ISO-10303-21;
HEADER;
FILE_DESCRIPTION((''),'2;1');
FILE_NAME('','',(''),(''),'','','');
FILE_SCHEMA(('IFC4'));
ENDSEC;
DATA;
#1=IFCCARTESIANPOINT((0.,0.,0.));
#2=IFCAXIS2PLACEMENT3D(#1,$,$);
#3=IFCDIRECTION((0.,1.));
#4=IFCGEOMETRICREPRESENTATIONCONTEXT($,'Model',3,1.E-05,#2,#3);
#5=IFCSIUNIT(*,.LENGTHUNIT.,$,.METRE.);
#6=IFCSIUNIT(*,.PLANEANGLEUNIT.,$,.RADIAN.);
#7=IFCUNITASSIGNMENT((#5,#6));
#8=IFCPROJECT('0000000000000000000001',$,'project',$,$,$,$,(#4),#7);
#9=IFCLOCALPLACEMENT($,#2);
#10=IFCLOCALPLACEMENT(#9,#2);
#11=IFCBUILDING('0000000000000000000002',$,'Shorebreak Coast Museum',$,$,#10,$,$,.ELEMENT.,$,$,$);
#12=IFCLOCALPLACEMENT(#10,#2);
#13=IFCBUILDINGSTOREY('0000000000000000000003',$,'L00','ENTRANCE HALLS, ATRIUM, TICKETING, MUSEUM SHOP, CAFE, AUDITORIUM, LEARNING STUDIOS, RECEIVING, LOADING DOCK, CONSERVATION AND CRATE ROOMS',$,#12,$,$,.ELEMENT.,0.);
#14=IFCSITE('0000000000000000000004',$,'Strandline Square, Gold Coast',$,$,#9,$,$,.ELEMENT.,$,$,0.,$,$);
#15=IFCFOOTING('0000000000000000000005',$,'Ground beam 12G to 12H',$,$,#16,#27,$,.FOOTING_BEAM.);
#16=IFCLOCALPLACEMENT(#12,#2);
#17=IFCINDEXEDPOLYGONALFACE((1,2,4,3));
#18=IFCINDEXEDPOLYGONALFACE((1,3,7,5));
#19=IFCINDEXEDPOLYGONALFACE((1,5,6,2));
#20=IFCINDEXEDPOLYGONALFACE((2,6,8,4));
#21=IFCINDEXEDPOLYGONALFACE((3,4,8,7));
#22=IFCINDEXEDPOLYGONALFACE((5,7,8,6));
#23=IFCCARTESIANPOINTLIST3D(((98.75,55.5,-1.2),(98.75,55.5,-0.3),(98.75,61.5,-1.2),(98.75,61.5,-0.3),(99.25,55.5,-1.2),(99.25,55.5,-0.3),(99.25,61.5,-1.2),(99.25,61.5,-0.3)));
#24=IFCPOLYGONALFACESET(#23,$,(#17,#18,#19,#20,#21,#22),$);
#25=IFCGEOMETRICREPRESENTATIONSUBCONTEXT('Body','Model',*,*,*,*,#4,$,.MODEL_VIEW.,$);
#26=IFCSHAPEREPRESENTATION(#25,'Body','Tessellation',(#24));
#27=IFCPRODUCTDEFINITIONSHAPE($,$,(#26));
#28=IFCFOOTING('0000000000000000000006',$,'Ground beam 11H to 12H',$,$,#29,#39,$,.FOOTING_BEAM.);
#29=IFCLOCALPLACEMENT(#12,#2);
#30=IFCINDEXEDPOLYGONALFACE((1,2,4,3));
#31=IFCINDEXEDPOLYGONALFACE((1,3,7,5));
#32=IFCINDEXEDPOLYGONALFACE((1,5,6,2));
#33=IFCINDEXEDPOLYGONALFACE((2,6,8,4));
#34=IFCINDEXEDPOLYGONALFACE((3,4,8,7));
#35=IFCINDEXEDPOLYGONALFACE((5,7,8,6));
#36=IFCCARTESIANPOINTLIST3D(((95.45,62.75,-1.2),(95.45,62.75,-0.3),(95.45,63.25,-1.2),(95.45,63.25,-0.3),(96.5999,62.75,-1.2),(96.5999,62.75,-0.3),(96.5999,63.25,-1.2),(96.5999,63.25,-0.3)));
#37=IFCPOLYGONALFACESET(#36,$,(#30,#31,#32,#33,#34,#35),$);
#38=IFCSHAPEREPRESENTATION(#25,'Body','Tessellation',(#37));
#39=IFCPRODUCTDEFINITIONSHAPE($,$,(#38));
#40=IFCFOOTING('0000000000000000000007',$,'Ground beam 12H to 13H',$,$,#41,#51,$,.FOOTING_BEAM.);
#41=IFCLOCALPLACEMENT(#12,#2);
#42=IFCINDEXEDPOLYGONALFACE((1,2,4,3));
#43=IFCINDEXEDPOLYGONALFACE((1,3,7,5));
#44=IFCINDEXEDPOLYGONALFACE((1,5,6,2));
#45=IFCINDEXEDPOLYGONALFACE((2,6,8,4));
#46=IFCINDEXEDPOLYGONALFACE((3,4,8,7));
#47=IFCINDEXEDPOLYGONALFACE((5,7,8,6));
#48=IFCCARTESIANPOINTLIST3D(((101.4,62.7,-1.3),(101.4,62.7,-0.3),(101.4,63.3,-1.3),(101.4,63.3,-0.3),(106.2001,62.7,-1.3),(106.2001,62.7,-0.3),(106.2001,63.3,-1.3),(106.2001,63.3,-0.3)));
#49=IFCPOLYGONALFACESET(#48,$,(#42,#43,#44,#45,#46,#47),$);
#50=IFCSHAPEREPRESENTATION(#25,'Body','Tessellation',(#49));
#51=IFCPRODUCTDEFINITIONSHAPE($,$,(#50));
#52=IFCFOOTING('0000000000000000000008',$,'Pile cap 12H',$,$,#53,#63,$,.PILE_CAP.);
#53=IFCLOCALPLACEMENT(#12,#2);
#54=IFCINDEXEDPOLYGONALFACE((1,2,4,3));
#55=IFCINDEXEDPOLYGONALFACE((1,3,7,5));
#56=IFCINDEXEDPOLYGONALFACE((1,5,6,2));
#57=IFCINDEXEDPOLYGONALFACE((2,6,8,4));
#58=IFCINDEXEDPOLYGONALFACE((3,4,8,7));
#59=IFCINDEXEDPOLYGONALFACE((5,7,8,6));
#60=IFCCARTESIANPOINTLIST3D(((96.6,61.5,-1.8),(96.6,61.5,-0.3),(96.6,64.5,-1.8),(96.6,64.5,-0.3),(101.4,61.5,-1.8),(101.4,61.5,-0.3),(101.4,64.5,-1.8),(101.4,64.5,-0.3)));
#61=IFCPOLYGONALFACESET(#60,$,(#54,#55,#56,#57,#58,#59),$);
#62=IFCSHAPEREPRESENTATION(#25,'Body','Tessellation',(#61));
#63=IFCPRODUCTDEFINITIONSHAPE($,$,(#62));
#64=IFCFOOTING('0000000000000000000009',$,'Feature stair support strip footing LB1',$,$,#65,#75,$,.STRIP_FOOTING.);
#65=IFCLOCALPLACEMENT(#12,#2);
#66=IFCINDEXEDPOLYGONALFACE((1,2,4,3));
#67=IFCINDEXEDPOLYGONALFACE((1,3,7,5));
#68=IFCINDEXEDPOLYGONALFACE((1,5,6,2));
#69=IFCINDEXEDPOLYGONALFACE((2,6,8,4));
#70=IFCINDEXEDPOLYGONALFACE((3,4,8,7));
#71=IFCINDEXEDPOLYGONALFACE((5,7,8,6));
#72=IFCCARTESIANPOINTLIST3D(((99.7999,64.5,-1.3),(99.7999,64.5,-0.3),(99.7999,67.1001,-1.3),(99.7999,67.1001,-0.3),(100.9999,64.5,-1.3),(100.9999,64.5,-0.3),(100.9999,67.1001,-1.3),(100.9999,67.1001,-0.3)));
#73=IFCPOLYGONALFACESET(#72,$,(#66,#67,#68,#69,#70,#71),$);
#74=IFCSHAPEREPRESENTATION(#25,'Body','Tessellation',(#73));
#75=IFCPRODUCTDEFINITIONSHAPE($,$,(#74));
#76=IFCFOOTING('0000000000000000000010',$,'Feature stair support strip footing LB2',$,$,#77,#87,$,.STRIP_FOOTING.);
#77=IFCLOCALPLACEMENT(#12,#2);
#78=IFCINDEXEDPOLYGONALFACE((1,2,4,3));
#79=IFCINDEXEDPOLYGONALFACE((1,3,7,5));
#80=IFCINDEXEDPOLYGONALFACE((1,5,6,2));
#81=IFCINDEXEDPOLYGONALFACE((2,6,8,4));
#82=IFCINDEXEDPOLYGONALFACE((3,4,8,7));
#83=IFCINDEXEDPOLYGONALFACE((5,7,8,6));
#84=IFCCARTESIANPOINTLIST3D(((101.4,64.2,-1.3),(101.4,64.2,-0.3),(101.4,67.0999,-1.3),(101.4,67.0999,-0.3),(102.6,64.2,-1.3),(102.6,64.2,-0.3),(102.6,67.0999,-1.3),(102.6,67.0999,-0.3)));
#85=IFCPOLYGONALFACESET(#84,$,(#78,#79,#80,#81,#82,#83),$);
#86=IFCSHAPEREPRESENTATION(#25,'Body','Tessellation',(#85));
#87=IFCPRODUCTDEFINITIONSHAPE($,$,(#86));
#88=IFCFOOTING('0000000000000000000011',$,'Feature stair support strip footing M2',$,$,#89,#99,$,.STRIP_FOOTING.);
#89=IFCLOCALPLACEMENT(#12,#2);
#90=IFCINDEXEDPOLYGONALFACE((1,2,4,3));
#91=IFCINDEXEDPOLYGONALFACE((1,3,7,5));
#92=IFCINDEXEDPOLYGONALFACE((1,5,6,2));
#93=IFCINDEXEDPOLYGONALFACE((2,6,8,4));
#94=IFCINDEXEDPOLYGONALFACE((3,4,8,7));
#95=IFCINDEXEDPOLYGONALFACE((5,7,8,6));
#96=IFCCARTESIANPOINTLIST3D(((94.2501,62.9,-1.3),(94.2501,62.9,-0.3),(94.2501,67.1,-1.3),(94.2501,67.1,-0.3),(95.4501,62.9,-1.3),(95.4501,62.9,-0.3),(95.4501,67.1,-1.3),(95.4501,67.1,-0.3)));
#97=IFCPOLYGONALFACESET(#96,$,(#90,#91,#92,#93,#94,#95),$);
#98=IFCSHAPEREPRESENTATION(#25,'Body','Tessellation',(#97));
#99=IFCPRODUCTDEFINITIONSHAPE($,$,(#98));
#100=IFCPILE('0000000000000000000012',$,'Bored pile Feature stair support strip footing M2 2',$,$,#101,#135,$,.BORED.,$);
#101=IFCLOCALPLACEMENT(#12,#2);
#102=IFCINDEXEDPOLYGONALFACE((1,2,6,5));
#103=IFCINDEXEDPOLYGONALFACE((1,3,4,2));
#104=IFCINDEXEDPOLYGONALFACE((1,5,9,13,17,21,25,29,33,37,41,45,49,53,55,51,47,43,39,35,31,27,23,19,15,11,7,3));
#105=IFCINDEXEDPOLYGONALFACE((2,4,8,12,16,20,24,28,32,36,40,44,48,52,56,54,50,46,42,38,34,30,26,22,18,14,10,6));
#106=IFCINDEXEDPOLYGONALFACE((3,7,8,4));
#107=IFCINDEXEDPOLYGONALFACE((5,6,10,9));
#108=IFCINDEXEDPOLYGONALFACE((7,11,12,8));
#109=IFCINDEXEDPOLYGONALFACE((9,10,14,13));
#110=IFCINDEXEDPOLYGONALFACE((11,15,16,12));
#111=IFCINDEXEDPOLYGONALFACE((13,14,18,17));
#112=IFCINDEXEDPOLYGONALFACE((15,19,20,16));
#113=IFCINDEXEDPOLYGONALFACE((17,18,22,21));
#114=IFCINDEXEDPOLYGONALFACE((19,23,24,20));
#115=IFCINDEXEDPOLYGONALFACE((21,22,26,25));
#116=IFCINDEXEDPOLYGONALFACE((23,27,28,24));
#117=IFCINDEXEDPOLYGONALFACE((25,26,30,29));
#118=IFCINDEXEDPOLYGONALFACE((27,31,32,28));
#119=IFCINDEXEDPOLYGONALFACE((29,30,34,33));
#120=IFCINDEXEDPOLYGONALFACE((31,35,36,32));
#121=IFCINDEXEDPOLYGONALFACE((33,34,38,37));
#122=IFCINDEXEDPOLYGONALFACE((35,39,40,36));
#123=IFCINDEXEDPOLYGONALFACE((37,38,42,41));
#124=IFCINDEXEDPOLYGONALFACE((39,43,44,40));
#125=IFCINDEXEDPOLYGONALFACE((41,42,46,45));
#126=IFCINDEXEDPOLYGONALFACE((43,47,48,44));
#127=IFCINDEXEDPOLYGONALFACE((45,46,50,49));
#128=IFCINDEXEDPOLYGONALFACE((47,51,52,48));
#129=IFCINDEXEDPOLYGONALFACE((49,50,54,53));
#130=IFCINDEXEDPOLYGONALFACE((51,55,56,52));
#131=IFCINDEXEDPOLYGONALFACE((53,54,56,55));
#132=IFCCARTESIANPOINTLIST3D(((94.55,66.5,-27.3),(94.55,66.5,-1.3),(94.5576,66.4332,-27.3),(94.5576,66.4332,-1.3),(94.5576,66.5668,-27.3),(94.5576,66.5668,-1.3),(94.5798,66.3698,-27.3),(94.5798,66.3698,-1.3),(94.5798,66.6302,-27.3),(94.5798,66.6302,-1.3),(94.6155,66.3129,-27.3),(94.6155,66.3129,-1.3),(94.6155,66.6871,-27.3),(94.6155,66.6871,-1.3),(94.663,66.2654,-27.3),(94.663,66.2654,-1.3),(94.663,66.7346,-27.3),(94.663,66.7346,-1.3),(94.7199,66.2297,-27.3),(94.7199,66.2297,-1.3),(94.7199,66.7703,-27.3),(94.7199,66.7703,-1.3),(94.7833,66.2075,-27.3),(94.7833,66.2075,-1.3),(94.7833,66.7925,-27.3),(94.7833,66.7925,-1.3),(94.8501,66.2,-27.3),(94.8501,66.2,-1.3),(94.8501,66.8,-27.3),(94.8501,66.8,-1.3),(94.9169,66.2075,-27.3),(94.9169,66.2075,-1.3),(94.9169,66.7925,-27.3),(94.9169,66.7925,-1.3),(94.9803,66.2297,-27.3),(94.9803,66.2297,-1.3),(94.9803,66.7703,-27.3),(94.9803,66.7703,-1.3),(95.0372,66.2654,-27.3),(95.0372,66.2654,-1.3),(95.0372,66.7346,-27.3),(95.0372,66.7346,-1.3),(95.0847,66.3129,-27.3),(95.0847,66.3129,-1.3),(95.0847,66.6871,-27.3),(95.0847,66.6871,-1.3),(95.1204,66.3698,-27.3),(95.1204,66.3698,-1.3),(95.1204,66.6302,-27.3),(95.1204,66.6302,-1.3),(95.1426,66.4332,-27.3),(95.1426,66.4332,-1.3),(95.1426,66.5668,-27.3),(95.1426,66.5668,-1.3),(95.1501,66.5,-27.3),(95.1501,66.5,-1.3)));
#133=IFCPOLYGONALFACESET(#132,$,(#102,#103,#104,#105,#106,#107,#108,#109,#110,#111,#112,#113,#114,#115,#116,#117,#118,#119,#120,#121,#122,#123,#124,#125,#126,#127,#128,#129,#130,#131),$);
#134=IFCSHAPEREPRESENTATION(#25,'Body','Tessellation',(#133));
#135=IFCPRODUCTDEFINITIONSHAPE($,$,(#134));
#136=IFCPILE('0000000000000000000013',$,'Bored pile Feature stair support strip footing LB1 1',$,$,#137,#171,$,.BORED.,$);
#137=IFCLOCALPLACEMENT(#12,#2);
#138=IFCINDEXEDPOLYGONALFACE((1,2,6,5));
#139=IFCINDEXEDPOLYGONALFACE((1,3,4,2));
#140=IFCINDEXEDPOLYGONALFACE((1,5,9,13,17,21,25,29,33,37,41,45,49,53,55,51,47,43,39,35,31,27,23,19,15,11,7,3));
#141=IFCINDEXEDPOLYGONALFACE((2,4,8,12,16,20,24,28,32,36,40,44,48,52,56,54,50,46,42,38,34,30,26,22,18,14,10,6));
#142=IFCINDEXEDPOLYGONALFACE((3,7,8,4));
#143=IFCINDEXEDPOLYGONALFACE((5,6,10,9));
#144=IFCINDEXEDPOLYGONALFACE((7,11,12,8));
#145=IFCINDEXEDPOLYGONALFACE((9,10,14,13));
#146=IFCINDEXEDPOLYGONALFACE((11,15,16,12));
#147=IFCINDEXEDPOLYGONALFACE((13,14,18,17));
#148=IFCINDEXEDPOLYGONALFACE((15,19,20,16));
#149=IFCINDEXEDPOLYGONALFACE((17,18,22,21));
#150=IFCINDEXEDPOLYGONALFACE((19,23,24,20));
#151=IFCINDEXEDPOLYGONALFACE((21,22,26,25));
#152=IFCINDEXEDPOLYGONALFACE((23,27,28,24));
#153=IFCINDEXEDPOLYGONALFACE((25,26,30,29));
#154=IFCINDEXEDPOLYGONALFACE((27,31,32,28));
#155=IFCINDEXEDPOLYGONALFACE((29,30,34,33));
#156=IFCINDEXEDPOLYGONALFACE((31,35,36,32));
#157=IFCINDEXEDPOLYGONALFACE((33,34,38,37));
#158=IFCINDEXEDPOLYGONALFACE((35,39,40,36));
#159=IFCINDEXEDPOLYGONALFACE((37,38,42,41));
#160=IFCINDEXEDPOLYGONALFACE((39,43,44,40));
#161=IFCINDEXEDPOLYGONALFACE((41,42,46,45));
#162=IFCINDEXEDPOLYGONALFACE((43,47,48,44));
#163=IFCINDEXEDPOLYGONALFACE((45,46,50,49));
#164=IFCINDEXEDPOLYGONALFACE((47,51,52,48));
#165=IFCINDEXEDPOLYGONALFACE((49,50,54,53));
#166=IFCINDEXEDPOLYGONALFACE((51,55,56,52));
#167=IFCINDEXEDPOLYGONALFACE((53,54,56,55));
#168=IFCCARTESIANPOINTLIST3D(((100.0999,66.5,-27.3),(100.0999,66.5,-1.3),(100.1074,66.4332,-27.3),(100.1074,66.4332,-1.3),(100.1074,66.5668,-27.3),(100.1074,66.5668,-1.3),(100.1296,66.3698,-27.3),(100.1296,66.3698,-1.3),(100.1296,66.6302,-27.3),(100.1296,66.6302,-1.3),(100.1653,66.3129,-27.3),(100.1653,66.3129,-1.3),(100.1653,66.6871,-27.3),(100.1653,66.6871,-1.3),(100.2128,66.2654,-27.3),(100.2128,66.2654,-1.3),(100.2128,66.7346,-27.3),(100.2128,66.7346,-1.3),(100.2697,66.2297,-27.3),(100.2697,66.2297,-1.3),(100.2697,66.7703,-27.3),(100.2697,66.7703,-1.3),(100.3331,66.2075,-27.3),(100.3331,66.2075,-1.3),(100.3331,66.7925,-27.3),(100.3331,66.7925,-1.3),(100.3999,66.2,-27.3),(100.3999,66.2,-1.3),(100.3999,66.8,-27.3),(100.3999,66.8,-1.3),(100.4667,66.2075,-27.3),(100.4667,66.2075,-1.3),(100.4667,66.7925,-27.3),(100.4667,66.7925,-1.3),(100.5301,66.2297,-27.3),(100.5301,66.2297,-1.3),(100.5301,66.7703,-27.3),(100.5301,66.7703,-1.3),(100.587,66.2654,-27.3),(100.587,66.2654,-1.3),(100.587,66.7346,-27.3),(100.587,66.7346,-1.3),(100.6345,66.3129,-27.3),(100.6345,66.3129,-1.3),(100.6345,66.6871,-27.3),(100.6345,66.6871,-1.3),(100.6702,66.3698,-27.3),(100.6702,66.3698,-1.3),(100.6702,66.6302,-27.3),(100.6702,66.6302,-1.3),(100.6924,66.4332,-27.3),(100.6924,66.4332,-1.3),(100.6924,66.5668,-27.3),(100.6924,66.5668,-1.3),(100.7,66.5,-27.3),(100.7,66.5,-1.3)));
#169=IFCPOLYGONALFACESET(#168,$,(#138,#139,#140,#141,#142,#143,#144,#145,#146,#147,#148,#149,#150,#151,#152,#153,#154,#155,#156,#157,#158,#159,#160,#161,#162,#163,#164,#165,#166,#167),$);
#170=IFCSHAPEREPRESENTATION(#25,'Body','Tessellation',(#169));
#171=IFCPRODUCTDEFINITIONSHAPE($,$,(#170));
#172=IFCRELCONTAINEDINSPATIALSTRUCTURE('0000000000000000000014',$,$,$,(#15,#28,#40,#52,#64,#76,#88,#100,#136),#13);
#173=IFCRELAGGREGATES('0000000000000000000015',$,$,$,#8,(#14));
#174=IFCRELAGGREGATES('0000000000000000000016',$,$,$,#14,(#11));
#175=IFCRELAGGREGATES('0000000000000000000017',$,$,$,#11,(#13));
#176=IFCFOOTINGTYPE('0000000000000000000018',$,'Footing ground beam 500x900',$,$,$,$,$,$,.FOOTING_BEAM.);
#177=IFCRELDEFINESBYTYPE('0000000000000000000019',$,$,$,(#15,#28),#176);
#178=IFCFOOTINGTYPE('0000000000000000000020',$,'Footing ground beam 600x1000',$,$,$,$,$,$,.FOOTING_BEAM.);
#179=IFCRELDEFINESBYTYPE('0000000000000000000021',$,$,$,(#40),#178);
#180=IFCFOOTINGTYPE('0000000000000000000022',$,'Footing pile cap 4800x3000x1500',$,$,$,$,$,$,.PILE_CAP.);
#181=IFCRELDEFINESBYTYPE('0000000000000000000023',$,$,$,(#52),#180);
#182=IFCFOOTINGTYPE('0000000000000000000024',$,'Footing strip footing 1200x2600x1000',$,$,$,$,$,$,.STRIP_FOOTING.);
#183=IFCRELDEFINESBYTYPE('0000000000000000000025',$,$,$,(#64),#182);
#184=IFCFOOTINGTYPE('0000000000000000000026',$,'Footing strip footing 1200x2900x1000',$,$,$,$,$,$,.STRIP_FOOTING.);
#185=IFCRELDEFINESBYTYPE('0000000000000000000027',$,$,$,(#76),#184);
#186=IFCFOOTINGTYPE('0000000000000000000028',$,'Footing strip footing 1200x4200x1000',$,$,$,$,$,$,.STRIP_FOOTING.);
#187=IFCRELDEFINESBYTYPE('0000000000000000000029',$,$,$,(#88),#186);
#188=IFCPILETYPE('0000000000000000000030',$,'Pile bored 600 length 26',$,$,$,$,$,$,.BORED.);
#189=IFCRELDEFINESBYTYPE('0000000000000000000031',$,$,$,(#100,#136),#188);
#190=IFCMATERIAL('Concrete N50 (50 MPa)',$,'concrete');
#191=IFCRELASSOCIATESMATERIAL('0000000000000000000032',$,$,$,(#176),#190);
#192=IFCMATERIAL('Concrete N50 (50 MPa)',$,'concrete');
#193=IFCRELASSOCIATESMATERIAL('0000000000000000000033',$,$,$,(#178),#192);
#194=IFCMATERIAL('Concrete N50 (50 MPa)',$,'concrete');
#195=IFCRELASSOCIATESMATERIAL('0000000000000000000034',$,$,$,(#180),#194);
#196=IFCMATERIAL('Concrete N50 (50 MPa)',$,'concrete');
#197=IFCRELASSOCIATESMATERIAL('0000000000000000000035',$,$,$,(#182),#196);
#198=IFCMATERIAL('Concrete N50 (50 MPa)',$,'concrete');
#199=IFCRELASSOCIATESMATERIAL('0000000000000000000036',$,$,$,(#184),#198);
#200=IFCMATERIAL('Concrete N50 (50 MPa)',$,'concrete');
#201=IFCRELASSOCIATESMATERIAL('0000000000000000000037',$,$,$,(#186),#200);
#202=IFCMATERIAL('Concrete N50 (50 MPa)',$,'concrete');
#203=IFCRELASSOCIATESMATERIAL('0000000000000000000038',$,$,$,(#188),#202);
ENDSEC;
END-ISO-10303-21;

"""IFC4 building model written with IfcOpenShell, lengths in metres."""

from ifc_helpers import new_model, si_unit, direction, frame, origin, origin_2d, place, context, subcontext, project, spatial, rectangle, circle, extrude, material, material_profile, profile_set, type_object, element, save


model = new_model("IFC4")

# Units and contexts
model_context = context("Model", 3, precision=1e-05, world=origin(), true_north=direction((0.0, 1.0)))
body_context = subcontext(model_context, "Body", "Model", "MODEL_VIEW")
ifc_project = project(units=[si_unit("LENGTHUNIT", "METRE"), si_unit("PLANEANGLEUNIT", "RADIAN")], contexts=[model_context])

# Site, building, storey
site_placement = place(None, origin())
site = spatial("IfcSite", under=ifc_project, at=site_placement, Name="Strandline Square, Gold Coast", CompositionType="ELEMENT", RefElevation=0.0)
building_placement = place(site_placement, origin())
building = spatial("IfcBuilding", under=site, at=building_placement, Name="Shorebreak Coast Museum", CompositionType="ELEMENT")
storey_placement = place(building_placement, origin())
storey = spatial("IfcBuildingStorey", under=building, at=storey_placement, Name="L00", Description="ENTRANCE HALLS, ATRIUM, TICKETING, MUSEUM SHOP, CAFE, AUDITORIUM, LEARNING STUDIOS, RECEIVING, LOADING DOCK, CONSERVATION AND CRATE ROOMS", CompositionType="ELEMENT", Elevation=0.0)

# Footings
ifc_material_1 = material(Name="Concrete N50 (50 MPa)", Category="concrete")
footing_type_1 = type_object("IfcFootingType", Name="Footing ground beam 500x900", PredefinedType="FOOTING_BEAM", material=ifc_material_1)
footing_1_placement = place(storey_placement, frame((99.0, 58.5, -1.2), z_axis=(0.0, 0.0, 1.0), x_axis=(1.0, 0.0, 0.0)))
element("IfcFooting", 1, at=footing_1_placement, inside=storey, type_object=footing_type_1, Name="Ground beam 12G to 12H", PredefinedType="FOOTING_BEAM", context=body_context, shape_type="SweptSolid", body=[
    extrude(rectangle(XDim=0.5, YDim=6.0, at=origin_2d()), origin(), (0.0, 0.0, 1.0), 0.8999),
])
footing_2_placement = place(storey_placement, frame((96.0249, 63.0, -1.2), z_axis=(0.0, 0.0, 1.0), x_axis=(1.0, 0.0, 0.0)))
element("IfcFooting", 2, at=footing_2_placement, inside=storey, type_object=footing_type_1, Name="Ground beam 11H to 12H", PredefinedType="FOOTING_BEAM", context=body_context, shape_type="SweptSolid", body=[
    extrude(rectangle(XDim=1.1499, YDim=0.5, at=origin_2d()), origin(), (0.0, 0.0, 1.0), 0.8999),
])
ifc_material_2 = material(Name="Concrete N50 (50 MPa)", Category="concrete")
footing_type_2 = type_object("IfcFootingType", Name="Footing ground beam 600x1000", PredefinedType="FOOTING_BEAM", material=ifc_material_2)
footing_3_placement = place(storey_placement, frame((103.8, 63.0, -1.3), z_axis=(0.0, 0.0, 1.0), x_axis=(1.0, 0.0, 0.0)))
element("IfcFooting", 3, at=footing_3_placement, inside=storey, type_object=footing_type_2, Name="Ground beam 12H to 13H", PredefinedType="FOOTING_BEAM", context=body_context, shape_type="SweptSolid", body=[
    extrude(rectangle(XDim=4.8, YDim=0.6001, at=origin_2d()), origin(), (0.0, 0.0, 1.0), 1.0),
])
ifc_material_3 = material(Name="Concrete N50 (50 MPa)", Category="concrete")
footing_type_3 = type_object("IfcFootingType", Name="Footing pile cap 4800x3000x1500", PredefinedType="PILE_CAP", material=ifc_material_3)
footing_4_placement = place(storey_placement, frame((99.0, 63.0, -1.8), z_axis=(0.0, 0.0, 1.0), x_axis=(1.0, 0.0, 0.0)))
element("IfcFooting", 4, at=footing_4_placement, inside=storey, type_object=footing_type_3, Name="Pile cap 12H", PredefinedType="PILE_CAP", context=body_context, shape_type="SweptSolid", body=[
    extrude(rectangle(XDim=4.8, YDim=3.0, at=origin_2d()), origin(), (0.0, 0.0, 1.0), 1.5),
])
ifc_material_4 = material(Name="Concrete N50 (50 MPa)", Category="concrete")
footing_type_4 = type_object("IfcFootingType", Name="Footing strip footing 1200x2600x1000", PredefinedType="STRIP_FOOTING", material=ifc_material_4)
footing_5_placement = place(storey_placement, frame((100.3999, 65.8, -1.3), z_axis=(0.0, 0.0, 1.0), x_axis=(1.0, 0.0, 0.0)))
element("IfcFooting", 5, at=footing_5_placement, inside=storey, type_object=footing_type_4, Name="Feature stair support strip footing LB1", PredefinedType="STRIP_FOOTING", context=body_context, shape_type="SweptSolid", body=[
    extrude(rectangle(XDim=1.2, YDim=2.6001, at=origin_2d()), origin(), (0.0, 0.0, 1.0), 1.0),
])
ifc_material_5 = material(Name="Concrete N50 (50 MPa)", Category="concrete")
footing_type_5 = type_object("IfcFootingType", Name="Footing strip footing 1200x2900x1000", PredefinedType="STRIP_FOOTING", material=ifc_material_5)
footing_6_placement = place(storey_placement, frame((102.0, 65.6499, -1.3), z_axis=(0.0, 0.0, 1.0), x_axis=(1.0, 0.0, 0.0)))
element("IfcFooting", 6, at=footing_6_placement, inside=storey, type_object=footing_type_5, Name="Feature stair support strip footing LB2", PredefinedType="STRIP_FOOTING", context=body_context, shape_type="SweptSolid", body=[
    extrude(rectangle(XDim=1.2, YDim=2.8999, at=origin_2d()), origin(), (0.0, 0.0, 1.0), 1.0),
])
ifc_material_6 = material(Name="Concrete N50 (50 MPa)", Category="concrete")
footing_type_6 = type_object("IfcFootingType", Name="Footing strip footing 1200x4200x1000", PredefinedType="STRIP_FOOTING", material=ifc_material_6)
footing_7_placement = place(storey_placement, frame((94.8501, 65.0, -1.3), z_axis=(0.0, 0.0, 1.0), x_axis=(1.0, 0.0, 0.0)))
element("IfcFooting", 7, at=footing_7_placement, inside=storey, type_object=footing_type_6, Name="Feature stair support strip footing M2", PredefinedType="STRIP_FOOTING", context=body_context, shape_type="SweptSolid", body=[
    extrude(rectangle(XDim=1.2, YDim=4.2, at=origin_2d()), origin(), (0.0, 0.0, 1.0), 1.0),
])

# Piles
ifc_material_7 = material(Name="Concrete N50 (50 MPa)", Category="concrete")
ifc_material_profile_1 = material_profile(ifc_material_7, circle(Radius=0.3, at=origin_2d()), Name="Pile bored 600 length 26")
ifc_profile_set_1 = profile_set([ifc_material_profile_1], Name="Concrete N50 (50 MPa)")
pile_type_1 = type_object("IfcPileType", Name="Pile bored 600 length 26", PredefinedType="BORED", material=ifc_profile_set_1)
for number, where, z_axis, x_axis, name in (
    (8, (94.8501, 66.5, -1.3), (0.0, 0.0, -1.0), (1.0, 0.0, 0.0), "Bored pile Feature stair support strip footing M2 2"),
    (9, (100.3999, 66.5, -1.3), (0.0, 0.0, -1.0), (1.0, 0.0, 0.0), "Bored pile Feature stair support strip footing LB1 1"),
):
    element("IfcPile", number, at=place(storey_placement, frame(where, z_axis=z_axis, x_axis=x_axis)), inside=storey, type_object=pile_type_1, Name=name, PredefinedType="BORED", context=body_context, shape_type="SweptSolid", body=[
        extrude(circle(Radius=0.3, at=origin_2d()), origin(), (0.0, 0.0, 1.0), 26.0),
    ])

save(model, "model.ifc")
